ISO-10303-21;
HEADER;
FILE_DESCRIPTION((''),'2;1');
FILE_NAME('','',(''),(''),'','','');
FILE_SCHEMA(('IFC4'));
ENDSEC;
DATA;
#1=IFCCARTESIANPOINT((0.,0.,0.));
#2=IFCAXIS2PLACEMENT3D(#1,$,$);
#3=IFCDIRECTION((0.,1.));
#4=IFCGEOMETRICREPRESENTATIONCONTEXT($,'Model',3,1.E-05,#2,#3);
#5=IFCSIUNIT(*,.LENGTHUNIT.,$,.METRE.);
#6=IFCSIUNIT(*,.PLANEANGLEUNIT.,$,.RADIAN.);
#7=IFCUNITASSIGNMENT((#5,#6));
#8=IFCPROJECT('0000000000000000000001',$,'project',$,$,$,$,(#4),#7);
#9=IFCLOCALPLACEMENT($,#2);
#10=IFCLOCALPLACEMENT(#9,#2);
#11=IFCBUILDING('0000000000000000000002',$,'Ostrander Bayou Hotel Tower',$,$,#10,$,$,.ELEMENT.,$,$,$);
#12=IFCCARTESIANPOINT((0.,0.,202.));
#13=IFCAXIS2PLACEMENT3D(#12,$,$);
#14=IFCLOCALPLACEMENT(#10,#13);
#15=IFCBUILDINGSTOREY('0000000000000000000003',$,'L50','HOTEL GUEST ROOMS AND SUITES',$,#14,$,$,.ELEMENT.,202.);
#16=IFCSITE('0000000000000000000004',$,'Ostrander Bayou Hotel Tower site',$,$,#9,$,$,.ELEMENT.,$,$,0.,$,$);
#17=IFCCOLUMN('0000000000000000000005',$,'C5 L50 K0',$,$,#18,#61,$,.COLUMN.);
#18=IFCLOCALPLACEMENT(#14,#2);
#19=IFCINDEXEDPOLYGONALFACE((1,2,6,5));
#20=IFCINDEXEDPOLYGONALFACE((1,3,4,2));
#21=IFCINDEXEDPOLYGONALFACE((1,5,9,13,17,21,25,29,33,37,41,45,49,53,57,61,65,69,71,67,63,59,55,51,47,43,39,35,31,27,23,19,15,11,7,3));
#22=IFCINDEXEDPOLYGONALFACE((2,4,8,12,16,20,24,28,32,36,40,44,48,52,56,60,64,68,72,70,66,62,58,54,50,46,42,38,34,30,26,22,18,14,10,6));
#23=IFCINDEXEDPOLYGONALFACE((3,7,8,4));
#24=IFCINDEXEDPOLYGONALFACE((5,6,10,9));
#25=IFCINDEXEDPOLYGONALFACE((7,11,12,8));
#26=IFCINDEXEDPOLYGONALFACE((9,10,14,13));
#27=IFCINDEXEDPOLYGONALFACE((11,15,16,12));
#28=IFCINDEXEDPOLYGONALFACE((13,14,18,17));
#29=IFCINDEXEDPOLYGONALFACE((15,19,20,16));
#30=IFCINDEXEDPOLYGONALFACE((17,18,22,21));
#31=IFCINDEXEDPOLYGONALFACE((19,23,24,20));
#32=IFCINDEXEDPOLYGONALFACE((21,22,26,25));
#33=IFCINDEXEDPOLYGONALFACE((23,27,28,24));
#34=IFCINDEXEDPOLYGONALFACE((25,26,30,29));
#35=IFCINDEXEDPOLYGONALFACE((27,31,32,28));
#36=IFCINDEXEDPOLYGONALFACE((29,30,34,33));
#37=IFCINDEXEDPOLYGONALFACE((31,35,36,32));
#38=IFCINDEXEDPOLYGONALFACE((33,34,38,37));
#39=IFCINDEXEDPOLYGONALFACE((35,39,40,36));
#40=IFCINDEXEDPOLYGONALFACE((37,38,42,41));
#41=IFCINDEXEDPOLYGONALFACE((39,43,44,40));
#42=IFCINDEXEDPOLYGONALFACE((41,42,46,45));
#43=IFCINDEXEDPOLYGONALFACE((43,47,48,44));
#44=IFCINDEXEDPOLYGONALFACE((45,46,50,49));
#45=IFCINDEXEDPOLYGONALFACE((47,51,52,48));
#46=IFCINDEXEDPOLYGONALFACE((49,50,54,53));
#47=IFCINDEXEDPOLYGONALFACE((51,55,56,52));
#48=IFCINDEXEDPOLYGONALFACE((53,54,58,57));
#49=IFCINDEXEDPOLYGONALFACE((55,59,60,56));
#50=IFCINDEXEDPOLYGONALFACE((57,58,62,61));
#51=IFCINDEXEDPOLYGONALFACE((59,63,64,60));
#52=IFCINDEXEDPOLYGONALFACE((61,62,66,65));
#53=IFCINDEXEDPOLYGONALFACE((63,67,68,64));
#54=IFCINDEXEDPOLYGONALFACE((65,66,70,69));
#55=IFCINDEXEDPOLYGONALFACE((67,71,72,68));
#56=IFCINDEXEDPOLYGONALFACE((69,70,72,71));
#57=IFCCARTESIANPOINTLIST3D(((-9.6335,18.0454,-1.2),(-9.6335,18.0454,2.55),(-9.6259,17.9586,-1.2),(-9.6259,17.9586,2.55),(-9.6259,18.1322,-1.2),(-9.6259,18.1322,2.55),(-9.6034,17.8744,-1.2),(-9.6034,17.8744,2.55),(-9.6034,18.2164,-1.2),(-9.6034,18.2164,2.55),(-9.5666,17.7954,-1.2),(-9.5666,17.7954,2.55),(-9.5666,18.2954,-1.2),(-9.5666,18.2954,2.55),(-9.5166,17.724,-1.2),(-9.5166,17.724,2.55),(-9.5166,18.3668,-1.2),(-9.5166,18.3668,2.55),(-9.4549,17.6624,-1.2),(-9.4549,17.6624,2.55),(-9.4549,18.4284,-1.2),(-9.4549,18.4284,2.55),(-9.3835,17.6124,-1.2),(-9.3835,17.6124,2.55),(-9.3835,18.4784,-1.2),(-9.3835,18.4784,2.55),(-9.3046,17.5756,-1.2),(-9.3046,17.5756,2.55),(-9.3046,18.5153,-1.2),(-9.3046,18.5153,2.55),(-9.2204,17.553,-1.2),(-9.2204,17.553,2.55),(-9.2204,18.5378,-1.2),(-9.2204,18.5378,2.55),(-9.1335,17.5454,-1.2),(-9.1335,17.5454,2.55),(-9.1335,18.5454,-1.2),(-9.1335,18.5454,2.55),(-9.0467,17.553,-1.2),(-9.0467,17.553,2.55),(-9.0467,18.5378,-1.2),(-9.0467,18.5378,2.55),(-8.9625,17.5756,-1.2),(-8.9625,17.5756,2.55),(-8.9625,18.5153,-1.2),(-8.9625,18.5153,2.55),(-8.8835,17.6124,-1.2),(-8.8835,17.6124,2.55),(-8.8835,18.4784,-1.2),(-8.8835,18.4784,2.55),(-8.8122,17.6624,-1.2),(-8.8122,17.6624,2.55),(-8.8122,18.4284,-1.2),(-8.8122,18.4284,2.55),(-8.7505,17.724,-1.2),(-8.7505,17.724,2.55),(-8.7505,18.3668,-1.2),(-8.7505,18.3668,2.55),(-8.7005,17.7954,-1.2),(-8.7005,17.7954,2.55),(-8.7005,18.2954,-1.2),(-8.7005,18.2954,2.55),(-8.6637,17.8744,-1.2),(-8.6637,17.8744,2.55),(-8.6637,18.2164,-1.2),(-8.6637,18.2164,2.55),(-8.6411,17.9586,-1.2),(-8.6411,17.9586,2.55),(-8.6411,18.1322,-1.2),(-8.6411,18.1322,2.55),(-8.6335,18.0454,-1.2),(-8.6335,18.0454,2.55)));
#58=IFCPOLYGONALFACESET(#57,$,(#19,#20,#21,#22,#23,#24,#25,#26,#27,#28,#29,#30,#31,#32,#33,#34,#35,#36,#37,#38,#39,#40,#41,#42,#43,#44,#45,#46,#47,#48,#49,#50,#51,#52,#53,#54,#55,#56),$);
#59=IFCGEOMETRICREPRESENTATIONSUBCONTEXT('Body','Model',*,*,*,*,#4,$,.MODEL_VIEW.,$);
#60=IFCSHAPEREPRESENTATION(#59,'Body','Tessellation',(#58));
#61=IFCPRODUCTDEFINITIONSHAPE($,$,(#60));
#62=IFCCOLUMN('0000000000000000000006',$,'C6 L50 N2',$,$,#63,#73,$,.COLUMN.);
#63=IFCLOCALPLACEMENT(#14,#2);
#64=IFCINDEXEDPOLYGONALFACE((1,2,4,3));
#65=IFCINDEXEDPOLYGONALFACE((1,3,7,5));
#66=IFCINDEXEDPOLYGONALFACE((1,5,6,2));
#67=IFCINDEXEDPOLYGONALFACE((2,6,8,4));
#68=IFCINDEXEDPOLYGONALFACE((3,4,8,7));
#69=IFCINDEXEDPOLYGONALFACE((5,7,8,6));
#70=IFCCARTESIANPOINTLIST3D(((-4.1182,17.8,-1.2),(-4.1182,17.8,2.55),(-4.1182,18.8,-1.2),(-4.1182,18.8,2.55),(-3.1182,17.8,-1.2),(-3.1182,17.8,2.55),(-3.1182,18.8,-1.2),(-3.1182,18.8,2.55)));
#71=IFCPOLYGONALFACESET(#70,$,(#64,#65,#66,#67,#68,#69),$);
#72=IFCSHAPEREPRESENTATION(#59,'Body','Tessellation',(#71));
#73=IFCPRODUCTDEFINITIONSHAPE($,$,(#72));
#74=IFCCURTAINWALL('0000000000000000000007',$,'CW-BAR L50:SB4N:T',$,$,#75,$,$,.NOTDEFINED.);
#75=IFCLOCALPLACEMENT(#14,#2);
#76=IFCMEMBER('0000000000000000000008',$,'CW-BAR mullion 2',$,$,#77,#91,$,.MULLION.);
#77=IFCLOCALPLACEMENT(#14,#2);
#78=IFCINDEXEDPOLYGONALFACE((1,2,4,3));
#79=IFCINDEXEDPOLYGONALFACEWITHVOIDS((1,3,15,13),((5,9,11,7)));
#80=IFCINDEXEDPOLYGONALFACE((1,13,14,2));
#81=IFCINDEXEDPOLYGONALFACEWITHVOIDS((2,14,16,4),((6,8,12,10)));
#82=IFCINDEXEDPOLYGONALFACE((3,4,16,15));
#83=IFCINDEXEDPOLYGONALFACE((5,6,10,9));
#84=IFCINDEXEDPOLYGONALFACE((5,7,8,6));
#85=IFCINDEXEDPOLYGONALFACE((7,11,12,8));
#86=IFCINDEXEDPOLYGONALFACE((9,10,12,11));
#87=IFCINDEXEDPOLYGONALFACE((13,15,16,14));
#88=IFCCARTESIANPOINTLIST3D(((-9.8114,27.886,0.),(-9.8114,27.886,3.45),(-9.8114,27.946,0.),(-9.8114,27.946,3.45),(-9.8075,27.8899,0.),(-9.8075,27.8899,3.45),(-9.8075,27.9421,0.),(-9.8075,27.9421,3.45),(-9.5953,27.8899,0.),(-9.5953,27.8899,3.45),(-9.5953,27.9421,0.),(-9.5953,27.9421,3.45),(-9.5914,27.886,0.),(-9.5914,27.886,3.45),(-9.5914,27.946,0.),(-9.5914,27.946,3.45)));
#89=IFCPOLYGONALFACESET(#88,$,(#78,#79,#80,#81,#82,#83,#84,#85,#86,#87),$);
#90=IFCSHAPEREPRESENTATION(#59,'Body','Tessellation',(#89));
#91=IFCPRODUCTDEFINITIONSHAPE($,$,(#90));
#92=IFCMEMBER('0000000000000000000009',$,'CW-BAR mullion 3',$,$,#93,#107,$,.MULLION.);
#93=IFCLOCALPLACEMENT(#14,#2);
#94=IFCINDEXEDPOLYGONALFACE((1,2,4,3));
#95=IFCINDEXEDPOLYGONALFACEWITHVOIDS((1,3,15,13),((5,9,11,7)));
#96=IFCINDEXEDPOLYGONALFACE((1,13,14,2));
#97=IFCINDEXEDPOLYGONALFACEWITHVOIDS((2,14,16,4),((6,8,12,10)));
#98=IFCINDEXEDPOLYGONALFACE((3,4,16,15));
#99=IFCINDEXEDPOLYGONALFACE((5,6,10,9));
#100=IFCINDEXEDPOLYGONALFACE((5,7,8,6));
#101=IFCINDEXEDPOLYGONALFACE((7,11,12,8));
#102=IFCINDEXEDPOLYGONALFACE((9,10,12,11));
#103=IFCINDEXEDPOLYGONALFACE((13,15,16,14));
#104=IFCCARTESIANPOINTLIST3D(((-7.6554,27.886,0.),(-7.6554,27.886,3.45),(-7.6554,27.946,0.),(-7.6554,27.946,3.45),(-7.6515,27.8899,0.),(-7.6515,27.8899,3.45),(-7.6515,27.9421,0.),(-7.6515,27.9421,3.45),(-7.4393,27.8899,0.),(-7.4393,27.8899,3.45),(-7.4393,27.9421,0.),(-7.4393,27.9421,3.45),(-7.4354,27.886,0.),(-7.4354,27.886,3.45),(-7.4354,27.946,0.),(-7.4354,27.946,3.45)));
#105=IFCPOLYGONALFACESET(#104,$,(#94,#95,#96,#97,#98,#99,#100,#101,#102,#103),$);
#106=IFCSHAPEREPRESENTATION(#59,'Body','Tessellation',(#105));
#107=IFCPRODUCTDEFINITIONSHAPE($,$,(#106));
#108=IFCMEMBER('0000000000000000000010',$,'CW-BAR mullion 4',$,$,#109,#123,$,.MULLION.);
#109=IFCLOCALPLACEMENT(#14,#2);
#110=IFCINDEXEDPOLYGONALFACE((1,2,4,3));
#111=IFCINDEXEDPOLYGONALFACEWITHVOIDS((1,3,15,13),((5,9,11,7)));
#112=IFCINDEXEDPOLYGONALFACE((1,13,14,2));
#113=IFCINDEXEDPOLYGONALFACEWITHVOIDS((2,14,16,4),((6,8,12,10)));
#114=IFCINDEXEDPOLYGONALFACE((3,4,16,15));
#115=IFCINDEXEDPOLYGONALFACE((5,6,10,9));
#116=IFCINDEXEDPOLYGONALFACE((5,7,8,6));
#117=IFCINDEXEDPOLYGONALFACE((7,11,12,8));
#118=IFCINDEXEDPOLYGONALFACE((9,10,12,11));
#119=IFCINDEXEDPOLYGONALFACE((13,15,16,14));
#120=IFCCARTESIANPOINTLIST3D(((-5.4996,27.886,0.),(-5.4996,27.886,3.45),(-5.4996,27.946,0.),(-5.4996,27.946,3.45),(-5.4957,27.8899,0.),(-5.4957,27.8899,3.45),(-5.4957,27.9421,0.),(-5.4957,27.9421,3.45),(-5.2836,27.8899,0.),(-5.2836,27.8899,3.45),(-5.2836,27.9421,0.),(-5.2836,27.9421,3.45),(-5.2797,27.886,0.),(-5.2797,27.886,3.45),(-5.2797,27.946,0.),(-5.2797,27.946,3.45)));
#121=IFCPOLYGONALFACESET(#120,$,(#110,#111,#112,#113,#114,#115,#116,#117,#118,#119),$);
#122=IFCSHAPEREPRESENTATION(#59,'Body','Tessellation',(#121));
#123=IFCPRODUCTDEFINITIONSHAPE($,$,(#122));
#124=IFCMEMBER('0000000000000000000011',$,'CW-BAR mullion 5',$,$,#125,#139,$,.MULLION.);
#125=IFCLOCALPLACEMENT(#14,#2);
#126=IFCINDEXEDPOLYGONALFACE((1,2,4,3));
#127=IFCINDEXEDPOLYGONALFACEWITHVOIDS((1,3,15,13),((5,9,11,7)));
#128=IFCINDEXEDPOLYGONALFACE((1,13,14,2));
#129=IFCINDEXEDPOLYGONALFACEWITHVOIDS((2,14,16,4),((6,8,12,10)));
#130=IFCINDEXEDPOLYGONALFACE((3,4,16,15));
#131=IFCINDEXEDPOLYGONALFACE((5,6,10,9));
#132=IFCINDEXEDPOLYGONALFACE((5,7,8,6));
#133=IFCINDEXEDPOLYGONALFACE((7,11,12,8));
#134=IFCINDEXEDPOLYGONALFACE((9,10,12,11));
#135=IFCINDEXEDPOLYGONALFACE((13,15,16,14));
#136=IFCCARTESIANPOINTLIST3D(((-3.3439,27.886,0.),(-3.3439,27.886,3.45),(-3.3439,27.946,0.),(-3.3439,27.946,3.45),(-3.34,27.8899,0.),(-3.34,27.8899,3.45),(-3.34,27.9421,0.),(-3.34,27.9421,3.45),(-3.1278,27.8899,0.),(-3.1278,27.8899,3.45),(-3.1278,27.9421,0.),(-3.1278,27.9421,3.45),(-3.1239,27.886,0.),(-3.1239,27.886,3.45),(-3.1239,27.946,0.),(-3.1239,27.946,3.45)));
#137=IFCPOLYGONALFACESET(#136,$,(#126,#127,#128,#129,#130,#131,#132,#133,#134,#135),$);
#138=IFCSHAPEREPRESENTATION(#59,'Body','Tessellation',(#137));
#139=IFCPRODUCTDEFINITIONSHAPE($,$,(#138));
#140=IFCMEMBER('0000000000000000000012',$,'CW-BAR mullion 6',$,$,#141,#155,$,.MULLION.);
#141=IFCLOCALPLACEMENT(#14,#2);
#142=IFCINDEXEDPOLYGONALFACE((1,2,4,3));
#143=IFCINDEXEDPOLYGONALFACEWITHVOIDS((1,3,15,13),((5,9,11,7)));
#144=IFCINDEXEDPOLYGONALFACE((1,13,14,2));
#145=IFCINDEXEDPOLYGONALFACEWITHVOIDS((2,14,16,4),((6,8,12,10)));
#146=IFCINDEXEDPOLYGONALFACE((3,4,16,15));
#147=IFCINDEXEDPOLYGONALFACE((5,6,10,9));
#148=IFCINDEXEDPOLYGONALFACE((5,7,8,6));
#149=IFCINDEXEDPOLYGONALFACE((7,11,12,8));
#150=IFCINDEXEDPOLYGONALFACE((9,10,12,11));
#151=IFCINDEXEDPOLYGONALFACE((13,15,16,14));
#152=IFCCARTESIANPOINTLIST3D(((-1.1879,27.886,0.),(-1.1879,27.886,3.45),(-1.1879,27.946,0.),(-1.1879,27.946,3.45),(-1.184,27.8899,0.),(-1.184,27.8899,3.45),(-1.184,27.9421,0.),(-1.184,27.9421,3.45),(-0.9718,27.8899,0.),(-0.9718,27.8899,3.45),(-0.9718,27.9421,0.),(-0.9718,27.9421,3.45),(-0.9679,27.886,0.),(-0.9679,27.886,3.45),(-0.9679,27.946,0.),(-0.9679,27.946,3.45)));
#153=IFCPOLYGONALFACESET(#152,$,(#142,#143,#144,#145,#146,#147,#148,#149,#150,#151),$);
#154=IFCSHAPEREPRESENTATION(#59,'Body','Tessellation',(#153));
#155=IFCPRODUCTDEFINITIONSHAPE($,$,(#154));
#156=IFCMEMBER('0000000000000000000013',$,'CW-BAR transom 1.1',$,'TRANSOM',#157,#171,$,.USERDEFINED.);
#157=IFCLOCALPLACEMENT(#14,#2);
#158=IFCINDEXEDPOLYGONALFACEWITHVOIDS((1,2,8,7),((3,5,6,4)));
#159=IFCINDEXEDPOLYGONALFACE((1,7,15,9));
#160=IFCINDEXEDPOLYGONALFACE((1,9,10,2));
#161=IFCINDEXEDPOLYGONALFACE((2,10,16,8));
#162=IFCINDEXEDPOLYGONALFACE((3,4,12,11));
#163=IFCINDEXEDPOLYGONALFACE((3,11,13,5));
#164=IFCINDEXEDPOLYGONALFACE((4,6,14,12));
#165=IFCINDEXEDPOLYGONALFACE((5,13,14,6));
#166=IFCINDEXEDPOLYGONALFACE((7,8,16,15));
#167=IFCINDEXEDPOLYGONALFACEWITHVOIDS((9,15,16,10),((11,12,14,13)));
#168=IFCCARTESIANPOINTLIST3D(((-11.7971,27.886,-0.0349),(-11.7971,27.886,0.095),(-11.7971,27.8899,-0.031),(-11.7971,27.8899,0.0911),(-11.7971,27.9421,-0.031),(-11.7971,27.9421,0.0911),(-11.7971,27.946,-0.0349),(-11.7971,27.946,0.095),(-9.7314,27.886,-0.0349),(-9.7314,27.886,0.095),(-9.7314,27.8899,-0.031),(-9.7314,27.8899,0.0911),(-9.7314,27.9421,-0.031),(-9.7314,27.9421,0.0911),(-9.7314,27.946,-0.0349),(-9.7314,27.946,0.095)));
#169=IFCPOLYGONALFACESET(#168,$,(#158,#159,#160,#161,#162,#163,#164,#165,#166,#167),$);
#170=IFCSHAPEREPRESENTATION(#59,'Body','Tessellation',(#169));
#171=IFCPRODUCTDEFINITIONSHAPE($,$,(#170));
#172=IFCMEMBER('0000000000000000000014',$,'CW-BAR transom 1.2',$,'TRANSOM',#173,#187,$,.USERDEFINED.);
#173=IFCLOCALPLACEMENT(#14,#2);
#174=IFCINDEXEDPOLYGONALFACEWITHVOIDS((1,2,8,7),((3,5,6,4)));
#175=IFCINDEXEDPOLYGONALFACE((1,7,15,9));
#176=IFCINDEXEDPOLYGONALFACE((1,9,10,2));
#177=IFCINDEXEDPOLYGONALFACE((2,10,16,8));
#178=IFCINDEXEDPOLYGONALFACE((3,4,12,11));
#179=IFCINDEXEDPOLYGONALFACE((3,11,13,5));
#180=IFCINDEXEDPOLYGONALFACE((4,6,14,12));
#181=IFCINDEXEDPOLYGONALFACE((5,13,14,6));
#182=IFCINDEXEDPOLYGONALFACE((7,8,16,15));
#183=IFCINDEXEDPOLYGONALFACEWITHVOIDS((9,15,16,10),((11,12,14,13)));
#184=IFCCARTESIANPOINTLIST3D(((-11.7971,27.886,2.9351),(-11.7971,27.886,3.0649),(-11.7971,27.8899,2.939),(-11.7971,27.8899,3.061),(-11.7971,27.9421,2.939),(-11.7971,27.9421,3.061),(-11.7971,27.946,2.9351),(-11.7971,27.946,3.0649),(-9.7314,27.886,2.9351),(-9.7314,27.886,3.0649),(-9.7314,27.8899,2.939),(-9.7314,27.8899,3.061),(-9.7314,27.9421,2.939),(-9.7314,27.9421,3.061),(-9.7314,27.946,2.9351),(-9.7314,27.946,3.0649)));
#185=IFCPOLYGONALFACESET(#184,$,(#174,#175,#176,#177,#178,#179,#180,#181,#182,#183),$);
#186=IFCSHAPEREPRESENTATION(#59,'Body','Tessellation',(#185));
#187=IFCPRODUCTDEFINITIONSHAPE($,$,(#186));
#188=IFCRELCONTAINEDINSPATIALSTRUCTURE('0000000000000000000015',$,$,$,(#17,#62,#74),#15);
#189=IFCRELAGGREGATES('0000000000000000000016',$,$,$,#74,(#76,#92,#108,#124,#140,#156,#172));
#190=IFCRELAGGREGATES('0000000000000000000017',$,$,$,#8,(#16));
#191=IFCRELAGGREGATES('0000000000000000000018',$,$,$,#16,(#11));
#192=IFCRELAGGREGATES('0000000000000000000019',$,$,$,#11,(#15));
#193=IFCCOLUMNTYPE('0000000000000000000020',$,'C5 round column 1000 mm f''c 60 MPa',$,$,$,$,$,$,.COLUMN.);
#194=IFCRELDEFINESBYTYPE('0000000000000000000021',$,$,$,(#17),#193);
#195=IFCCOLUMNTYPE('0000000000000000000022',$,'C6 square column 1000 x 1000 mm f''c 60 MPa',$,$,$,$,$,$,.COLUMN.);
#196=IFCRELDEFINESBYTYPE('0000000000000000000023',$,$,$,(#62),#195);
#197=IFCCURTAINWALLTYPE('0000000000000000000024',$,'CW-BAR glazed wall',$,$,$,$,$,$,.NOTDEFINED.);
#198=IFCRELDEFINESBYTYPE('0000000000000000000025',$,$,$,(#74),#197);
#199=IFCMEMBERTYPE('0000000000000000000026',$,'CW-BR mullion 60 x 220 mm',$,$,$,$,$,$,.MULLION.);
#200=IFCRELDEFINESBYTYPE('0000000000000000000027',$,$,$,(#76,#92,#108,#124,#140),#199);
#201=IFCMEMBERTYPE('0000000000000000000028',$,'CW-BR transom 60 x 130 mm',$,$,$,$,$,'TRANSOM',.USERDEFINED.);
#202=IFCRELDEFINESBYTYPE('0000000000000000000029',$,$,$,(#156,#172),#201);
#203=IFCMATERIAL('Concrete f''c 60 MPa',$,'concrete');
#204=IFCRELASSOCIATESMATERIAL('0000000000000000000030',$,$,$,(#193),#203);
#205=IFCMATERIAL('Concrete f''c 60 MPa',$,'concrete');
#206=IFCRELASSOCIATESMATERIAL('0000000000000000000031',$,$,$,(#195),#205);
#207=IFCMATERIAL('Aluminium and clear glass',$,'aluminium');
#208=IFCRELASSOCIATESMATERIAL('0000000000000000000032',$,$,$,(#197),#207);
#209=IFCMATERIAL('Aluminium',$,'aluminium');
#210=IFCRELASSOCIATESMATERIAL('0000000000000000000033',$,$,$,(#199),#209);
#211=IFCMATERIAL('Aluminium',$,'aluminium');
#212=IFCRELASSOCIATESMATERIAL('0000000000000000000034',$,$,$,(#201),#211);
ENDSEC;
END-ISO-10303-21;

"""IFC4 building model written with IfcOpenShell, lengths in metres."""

from ifc_helpers import new_model, si_unit, direction, frame, origin, origin_2d, place, context, subcontext, project, spatial, rectangle, hollow_rectangle, circle, extrude, material, material_profile, profile_set, type_object, element, aggregate, save


model = new_model("IFC4")

# Units and contexts
model_context = context("Model", 3, precision=1e-05, world=origin(), true_north=direction((0.0, 1.0)))
body_context = subcontext(model_context, "Body", "Model", "MODEL_VIEW")
ifc_project = project(units=[si_unit("LENGTHUNIT", "METRE"), si_unit("PLANEANGLEUNIT", "RADIAN")], contexts=[model_context])

# Site, building, storey
site_placement = place(None, origin())
site = spatial("IfcSite", under=ifc_project, at=site_placement, Name="Ostrander Bayou Hotel Tower site", CompositionType="ELEMENT", RefElevation=0.0)
building_placement = place(site_placement, origin())
building = spatial("IfcBuilding", under=site, at=building_placement, Name="Ostrander Bayou Hotel Tower", CompositionType="ELEMENT")
storey_placement = place(building_placement, frame((0.0, 0.0, 202.0)))
storey = spatial("IfcBuildingStorey", under=building, at=storey_placement, Name="L50", Description="HOTEL GUEST ROOMS AND SUITES", CompositionType="ELEMENT", Elevation=202.0)

# Columns
ifc_material_1 = material(Name="Concrete f'c 60 MPa", Category="concrete")
ifc_material_profile_1 = material_profile(ifc_material_1, circle(Radius=0.5, at=origin_2d()))
ifc_profile_set_1 = profile_set([ifc_material_profile_1], Name="Concrete f'c 60 MPa")
column_type_1 = type_object("IfcColumnType", Name="C5 round column 1000 mm f'c 60 MPa", PredefinedType="COLUMN", material=ifc_profile_set_1)
column_1_placement = place(storey_placement, frame((-9.1335, 18.0454, -1.2), z_axis=(0.0, 0.0, 1.0), x_axis=(1.0, 0.0, 0.0)))
element("IfcColumn", 1, at=column_1_placement, inside=storey, type_object=column_type_1, Name="C5 L50 K0", PredefinedType="COLUMN", context=body_context, shape_type="SweptSolid", body=[
    extrude(circle(Radius=0.5, at=origin_2d()), origin(), (0.0, 0.0, 1.0), 3.75),
])
ifc_material_2 = material(Name="Concrete f'c 60 MPa", Category="concrete")
ifc_material_profile_2 = material_profile(ifc_material_2, rectangle(XDim=1.0, YDim=1.0, at=origin_2d()))
ifc_profile_set_2 = profile_set([ifc_material_profile_2], Name="Concrete f'c 60 MPa")
column_type_2 = type_object("IfcColumnType", Name="C6 square column 1000 x 1000 mm f'c 60 MPa", PredefinedType="COLUMN", material=ifc_profile_set_2)
column_2_placement = place(storey_placement, frame((-3.6182, 18.3, -1.2), z_axis=(0.0, 0.0, 1.0), x_axis=(1.0, 0.0, 0.0)))
element("IfcColumn", 2, at=column_2_placement, inside=storey, type_object=column_type_2, Name="C6 L50 N2", PredefinedType="COLUMN", context=body_context, shape_type="SweptSolid", body=[
    extrude(rectangle(XDim=1.0, YDim=1.0, at=origin_2d()), origin(), (0.0, 0.0, 1.0), 3.75),
])

# Curtain wall, members
ifc_material_3 = material(Name="Aluminium and clear glass", Category="aluminium")
curtain_wall_type = type_object("IfcCurtainWallType", Name="CW-BAR glazed wall", PredefinedType="NOTDEFINED", material=ifc_material_3)
curtain_wall_placement = place(storey_placement, origin())
curtain_wall = element("IfcCurtainWall", 3, at=curtain_wall_placement, inside=storey, type_object=curtain_wall_type, Name="CW-BAR L50:SB4N:T", PredefinedType="NOTDEFINED")
ifc_material_4 = material(Name="Aluminium", Category="aluminium")
ifc_material_profile_3 = material_profile(ifc_material_4, hollow_rectangle(XDim=0.0601, YDim=0.22, WallThickness=0.0039, at=origin_2d()))
ifc_profile_set_3 = profile_set([ifc_material_profile_3], Name="Aluminium")
member_type_1 = type_object("IfcMemberType", Name="CW-BR mullion 60 x 220 mm", PredefinedType="MULLION", material=ifc_profile_set_3)
member_1_placement = place(storey_placement, frame((-9.7014, 27.916, 0.0), z_axis=(0.0, 0.0, 1.0), x_axis=(0.0, 1.0, 0.0)))
member_1 = element("IfcMember", 4, at=member_1_placement, type_object=member_type_1, Name="CW-BAR mullion 2", PredefinedType="MULLION", context=body_context, shape_type="SweptSolid", body=[
    extrude(hollow_rectangle(XDim=0.0601, YDim=0.22, WallThickness=0.0039, at=origin_2d()), origin(), (0.0, 0.0, 1.0), 3.45),
])
member_2_placement = place(storey_placement, frame((-7.5454, 27.916, 0.0), z_axis=(0.0, 0.0, 1.0), x_axis=(0.0, 1.0, 0.0)))
member_2 = element("IfcMember", 5, at=member_2_placement, type_object=member_type_1, Name="CW-BAR mullion 3", PredefinedType="MULLION", context=body_context, shape_type="SweptSolid", body=[
    extrude(hollow_rectangle(XDim=0.0601, YDim=0.22, WallThickness=0.0039, at=origin_2d()), origin(), (0.0, 0.0, 1.0), 3.45),
])
member_3_placement = place(storey_placement, frame((-5.3896, 27.916, 0.0), z_axis=(0.0, 0.0, 1.0), x_axis=(0.0, 1.0, 0.0)))
member_3 = element("IfcMember", 6, at=member_3_placement, type_object=member_type_1, Name="CW-BAR mullion 4", PredefinedType="MULLION", context=body_context, shape_type="SweptSolid", body=[
    extrude(hollow_rectangle(XDim=0.0601, YDim=0.22, WallThickness=0.0039, at=origin_2d()), origin(), (0.0, 0.0, 1.0), 3.45),
])
member_4_placement = place(storey_placement, frame((-3.2339, 27.916, 0.0), z_axis=(0.0, 0.0, 1.0), x_axis=(0.0, 1.0, 0.0)))
member_4 = element("IfcMember", 7, at=member_4_placement, type_object=member_type_1, Name="CW-BAR mullion 5", PredefinedType="MULLION", context=body_context, shape_type="SweptSolid", body=[
    extrude(hollow_rectangle(XDim=0.0601, YDim=0.22, WallThickness=0.0039, at=origin_2d()), origin(), (0.0, 0.0, 1.0), 3.45),
])
member_5_placement = place(storey_placement, frame((-1.0779, 27.916, 0.0), z_axis=(0.0, 0.0, 1.0), x_axis=(0.0, 1.0, 0.0)))
member_5 = element("IfcMember", 8, at=member_5_placement, type_object=member_type_1, Name="CW-BAR mullion 6", PredefinedType="MULLION", context=body_context, shape_type="SweptSolid", body=[
    extrude(hollow_rectangle(XDim=0.0601, YDim=0.22, WallThickness=0.0039, at=origin_2d()), origin(), (0.0, 0.0, 1.0), 3.45),
])
ifc_material_5 = material(Name="Aluminium", Category="aluminium")
ifc_material_profile_4 = material_profile(ifc_material_5, hollow_rectangle(XDim=0.0601, YDim=0.1299, WallThickness=0.0039, at=origin_2d()))
ifc_profile_set_4 = profile_set([ifc_material_profile_4], Name="Aluminium")
member_type_2 = type_object("IfcMemberType", Name="CW-BR transom 60 x 130 mm", ElementType="TRANSOM", PredefinedType="USERDEFINED", material=ifc_profile_set_4)
member_6_placement = place(storey_placement, frame((-11.7971, 27.916, 0.03), z_axis=(1.0, 0.0, 0.0), x_axis=(0.0, 1.0, 0.0)))
member_6 = element("IfcMember", 9, at=member_6_placement, type_object=member_type_2, Name="CW-BAR transom 1.1", ObjectType="TRANSOM", PredefinedType="USERDEFINED", context=body_context, shape_type="SweptSolid", body=[
    extrude(hollow_rectangle(XDim=0.0601, YDim=0.1299, WallThickness=0.0039, at=origin_2d()), origin(), (0.0, 0.0, 1.0), 2.0657),
])
member_7_placement = place(storey_placement, frame((-11.7971, 27.916, 3.0), z_axis=(1.0, 0.0, 0.0), x_axis=(0.0, 1.0, 0.0)))
member_7 = element("IfcMember", 10, at=member_7_placement, type_object=member_type_2, Name="CW-BAR transom 1.2", ObjectType="TRANSOM", PredefinedType="USERDEFINED", context=body_context, shape_type="SweptSolid", body=[
    extrude(hollow_rectangle(XDim=0.0601, YDim=0.1299, WallThickness=0.0039, at=origin_2d()), origin(), (0.0, 0.0, 1.0), 2.0657),
])
aggregate(curtain_wall, [member_1, member_2, member_3, member_4, member_5, member_6, member_7])

save(model, "model.ifc")
